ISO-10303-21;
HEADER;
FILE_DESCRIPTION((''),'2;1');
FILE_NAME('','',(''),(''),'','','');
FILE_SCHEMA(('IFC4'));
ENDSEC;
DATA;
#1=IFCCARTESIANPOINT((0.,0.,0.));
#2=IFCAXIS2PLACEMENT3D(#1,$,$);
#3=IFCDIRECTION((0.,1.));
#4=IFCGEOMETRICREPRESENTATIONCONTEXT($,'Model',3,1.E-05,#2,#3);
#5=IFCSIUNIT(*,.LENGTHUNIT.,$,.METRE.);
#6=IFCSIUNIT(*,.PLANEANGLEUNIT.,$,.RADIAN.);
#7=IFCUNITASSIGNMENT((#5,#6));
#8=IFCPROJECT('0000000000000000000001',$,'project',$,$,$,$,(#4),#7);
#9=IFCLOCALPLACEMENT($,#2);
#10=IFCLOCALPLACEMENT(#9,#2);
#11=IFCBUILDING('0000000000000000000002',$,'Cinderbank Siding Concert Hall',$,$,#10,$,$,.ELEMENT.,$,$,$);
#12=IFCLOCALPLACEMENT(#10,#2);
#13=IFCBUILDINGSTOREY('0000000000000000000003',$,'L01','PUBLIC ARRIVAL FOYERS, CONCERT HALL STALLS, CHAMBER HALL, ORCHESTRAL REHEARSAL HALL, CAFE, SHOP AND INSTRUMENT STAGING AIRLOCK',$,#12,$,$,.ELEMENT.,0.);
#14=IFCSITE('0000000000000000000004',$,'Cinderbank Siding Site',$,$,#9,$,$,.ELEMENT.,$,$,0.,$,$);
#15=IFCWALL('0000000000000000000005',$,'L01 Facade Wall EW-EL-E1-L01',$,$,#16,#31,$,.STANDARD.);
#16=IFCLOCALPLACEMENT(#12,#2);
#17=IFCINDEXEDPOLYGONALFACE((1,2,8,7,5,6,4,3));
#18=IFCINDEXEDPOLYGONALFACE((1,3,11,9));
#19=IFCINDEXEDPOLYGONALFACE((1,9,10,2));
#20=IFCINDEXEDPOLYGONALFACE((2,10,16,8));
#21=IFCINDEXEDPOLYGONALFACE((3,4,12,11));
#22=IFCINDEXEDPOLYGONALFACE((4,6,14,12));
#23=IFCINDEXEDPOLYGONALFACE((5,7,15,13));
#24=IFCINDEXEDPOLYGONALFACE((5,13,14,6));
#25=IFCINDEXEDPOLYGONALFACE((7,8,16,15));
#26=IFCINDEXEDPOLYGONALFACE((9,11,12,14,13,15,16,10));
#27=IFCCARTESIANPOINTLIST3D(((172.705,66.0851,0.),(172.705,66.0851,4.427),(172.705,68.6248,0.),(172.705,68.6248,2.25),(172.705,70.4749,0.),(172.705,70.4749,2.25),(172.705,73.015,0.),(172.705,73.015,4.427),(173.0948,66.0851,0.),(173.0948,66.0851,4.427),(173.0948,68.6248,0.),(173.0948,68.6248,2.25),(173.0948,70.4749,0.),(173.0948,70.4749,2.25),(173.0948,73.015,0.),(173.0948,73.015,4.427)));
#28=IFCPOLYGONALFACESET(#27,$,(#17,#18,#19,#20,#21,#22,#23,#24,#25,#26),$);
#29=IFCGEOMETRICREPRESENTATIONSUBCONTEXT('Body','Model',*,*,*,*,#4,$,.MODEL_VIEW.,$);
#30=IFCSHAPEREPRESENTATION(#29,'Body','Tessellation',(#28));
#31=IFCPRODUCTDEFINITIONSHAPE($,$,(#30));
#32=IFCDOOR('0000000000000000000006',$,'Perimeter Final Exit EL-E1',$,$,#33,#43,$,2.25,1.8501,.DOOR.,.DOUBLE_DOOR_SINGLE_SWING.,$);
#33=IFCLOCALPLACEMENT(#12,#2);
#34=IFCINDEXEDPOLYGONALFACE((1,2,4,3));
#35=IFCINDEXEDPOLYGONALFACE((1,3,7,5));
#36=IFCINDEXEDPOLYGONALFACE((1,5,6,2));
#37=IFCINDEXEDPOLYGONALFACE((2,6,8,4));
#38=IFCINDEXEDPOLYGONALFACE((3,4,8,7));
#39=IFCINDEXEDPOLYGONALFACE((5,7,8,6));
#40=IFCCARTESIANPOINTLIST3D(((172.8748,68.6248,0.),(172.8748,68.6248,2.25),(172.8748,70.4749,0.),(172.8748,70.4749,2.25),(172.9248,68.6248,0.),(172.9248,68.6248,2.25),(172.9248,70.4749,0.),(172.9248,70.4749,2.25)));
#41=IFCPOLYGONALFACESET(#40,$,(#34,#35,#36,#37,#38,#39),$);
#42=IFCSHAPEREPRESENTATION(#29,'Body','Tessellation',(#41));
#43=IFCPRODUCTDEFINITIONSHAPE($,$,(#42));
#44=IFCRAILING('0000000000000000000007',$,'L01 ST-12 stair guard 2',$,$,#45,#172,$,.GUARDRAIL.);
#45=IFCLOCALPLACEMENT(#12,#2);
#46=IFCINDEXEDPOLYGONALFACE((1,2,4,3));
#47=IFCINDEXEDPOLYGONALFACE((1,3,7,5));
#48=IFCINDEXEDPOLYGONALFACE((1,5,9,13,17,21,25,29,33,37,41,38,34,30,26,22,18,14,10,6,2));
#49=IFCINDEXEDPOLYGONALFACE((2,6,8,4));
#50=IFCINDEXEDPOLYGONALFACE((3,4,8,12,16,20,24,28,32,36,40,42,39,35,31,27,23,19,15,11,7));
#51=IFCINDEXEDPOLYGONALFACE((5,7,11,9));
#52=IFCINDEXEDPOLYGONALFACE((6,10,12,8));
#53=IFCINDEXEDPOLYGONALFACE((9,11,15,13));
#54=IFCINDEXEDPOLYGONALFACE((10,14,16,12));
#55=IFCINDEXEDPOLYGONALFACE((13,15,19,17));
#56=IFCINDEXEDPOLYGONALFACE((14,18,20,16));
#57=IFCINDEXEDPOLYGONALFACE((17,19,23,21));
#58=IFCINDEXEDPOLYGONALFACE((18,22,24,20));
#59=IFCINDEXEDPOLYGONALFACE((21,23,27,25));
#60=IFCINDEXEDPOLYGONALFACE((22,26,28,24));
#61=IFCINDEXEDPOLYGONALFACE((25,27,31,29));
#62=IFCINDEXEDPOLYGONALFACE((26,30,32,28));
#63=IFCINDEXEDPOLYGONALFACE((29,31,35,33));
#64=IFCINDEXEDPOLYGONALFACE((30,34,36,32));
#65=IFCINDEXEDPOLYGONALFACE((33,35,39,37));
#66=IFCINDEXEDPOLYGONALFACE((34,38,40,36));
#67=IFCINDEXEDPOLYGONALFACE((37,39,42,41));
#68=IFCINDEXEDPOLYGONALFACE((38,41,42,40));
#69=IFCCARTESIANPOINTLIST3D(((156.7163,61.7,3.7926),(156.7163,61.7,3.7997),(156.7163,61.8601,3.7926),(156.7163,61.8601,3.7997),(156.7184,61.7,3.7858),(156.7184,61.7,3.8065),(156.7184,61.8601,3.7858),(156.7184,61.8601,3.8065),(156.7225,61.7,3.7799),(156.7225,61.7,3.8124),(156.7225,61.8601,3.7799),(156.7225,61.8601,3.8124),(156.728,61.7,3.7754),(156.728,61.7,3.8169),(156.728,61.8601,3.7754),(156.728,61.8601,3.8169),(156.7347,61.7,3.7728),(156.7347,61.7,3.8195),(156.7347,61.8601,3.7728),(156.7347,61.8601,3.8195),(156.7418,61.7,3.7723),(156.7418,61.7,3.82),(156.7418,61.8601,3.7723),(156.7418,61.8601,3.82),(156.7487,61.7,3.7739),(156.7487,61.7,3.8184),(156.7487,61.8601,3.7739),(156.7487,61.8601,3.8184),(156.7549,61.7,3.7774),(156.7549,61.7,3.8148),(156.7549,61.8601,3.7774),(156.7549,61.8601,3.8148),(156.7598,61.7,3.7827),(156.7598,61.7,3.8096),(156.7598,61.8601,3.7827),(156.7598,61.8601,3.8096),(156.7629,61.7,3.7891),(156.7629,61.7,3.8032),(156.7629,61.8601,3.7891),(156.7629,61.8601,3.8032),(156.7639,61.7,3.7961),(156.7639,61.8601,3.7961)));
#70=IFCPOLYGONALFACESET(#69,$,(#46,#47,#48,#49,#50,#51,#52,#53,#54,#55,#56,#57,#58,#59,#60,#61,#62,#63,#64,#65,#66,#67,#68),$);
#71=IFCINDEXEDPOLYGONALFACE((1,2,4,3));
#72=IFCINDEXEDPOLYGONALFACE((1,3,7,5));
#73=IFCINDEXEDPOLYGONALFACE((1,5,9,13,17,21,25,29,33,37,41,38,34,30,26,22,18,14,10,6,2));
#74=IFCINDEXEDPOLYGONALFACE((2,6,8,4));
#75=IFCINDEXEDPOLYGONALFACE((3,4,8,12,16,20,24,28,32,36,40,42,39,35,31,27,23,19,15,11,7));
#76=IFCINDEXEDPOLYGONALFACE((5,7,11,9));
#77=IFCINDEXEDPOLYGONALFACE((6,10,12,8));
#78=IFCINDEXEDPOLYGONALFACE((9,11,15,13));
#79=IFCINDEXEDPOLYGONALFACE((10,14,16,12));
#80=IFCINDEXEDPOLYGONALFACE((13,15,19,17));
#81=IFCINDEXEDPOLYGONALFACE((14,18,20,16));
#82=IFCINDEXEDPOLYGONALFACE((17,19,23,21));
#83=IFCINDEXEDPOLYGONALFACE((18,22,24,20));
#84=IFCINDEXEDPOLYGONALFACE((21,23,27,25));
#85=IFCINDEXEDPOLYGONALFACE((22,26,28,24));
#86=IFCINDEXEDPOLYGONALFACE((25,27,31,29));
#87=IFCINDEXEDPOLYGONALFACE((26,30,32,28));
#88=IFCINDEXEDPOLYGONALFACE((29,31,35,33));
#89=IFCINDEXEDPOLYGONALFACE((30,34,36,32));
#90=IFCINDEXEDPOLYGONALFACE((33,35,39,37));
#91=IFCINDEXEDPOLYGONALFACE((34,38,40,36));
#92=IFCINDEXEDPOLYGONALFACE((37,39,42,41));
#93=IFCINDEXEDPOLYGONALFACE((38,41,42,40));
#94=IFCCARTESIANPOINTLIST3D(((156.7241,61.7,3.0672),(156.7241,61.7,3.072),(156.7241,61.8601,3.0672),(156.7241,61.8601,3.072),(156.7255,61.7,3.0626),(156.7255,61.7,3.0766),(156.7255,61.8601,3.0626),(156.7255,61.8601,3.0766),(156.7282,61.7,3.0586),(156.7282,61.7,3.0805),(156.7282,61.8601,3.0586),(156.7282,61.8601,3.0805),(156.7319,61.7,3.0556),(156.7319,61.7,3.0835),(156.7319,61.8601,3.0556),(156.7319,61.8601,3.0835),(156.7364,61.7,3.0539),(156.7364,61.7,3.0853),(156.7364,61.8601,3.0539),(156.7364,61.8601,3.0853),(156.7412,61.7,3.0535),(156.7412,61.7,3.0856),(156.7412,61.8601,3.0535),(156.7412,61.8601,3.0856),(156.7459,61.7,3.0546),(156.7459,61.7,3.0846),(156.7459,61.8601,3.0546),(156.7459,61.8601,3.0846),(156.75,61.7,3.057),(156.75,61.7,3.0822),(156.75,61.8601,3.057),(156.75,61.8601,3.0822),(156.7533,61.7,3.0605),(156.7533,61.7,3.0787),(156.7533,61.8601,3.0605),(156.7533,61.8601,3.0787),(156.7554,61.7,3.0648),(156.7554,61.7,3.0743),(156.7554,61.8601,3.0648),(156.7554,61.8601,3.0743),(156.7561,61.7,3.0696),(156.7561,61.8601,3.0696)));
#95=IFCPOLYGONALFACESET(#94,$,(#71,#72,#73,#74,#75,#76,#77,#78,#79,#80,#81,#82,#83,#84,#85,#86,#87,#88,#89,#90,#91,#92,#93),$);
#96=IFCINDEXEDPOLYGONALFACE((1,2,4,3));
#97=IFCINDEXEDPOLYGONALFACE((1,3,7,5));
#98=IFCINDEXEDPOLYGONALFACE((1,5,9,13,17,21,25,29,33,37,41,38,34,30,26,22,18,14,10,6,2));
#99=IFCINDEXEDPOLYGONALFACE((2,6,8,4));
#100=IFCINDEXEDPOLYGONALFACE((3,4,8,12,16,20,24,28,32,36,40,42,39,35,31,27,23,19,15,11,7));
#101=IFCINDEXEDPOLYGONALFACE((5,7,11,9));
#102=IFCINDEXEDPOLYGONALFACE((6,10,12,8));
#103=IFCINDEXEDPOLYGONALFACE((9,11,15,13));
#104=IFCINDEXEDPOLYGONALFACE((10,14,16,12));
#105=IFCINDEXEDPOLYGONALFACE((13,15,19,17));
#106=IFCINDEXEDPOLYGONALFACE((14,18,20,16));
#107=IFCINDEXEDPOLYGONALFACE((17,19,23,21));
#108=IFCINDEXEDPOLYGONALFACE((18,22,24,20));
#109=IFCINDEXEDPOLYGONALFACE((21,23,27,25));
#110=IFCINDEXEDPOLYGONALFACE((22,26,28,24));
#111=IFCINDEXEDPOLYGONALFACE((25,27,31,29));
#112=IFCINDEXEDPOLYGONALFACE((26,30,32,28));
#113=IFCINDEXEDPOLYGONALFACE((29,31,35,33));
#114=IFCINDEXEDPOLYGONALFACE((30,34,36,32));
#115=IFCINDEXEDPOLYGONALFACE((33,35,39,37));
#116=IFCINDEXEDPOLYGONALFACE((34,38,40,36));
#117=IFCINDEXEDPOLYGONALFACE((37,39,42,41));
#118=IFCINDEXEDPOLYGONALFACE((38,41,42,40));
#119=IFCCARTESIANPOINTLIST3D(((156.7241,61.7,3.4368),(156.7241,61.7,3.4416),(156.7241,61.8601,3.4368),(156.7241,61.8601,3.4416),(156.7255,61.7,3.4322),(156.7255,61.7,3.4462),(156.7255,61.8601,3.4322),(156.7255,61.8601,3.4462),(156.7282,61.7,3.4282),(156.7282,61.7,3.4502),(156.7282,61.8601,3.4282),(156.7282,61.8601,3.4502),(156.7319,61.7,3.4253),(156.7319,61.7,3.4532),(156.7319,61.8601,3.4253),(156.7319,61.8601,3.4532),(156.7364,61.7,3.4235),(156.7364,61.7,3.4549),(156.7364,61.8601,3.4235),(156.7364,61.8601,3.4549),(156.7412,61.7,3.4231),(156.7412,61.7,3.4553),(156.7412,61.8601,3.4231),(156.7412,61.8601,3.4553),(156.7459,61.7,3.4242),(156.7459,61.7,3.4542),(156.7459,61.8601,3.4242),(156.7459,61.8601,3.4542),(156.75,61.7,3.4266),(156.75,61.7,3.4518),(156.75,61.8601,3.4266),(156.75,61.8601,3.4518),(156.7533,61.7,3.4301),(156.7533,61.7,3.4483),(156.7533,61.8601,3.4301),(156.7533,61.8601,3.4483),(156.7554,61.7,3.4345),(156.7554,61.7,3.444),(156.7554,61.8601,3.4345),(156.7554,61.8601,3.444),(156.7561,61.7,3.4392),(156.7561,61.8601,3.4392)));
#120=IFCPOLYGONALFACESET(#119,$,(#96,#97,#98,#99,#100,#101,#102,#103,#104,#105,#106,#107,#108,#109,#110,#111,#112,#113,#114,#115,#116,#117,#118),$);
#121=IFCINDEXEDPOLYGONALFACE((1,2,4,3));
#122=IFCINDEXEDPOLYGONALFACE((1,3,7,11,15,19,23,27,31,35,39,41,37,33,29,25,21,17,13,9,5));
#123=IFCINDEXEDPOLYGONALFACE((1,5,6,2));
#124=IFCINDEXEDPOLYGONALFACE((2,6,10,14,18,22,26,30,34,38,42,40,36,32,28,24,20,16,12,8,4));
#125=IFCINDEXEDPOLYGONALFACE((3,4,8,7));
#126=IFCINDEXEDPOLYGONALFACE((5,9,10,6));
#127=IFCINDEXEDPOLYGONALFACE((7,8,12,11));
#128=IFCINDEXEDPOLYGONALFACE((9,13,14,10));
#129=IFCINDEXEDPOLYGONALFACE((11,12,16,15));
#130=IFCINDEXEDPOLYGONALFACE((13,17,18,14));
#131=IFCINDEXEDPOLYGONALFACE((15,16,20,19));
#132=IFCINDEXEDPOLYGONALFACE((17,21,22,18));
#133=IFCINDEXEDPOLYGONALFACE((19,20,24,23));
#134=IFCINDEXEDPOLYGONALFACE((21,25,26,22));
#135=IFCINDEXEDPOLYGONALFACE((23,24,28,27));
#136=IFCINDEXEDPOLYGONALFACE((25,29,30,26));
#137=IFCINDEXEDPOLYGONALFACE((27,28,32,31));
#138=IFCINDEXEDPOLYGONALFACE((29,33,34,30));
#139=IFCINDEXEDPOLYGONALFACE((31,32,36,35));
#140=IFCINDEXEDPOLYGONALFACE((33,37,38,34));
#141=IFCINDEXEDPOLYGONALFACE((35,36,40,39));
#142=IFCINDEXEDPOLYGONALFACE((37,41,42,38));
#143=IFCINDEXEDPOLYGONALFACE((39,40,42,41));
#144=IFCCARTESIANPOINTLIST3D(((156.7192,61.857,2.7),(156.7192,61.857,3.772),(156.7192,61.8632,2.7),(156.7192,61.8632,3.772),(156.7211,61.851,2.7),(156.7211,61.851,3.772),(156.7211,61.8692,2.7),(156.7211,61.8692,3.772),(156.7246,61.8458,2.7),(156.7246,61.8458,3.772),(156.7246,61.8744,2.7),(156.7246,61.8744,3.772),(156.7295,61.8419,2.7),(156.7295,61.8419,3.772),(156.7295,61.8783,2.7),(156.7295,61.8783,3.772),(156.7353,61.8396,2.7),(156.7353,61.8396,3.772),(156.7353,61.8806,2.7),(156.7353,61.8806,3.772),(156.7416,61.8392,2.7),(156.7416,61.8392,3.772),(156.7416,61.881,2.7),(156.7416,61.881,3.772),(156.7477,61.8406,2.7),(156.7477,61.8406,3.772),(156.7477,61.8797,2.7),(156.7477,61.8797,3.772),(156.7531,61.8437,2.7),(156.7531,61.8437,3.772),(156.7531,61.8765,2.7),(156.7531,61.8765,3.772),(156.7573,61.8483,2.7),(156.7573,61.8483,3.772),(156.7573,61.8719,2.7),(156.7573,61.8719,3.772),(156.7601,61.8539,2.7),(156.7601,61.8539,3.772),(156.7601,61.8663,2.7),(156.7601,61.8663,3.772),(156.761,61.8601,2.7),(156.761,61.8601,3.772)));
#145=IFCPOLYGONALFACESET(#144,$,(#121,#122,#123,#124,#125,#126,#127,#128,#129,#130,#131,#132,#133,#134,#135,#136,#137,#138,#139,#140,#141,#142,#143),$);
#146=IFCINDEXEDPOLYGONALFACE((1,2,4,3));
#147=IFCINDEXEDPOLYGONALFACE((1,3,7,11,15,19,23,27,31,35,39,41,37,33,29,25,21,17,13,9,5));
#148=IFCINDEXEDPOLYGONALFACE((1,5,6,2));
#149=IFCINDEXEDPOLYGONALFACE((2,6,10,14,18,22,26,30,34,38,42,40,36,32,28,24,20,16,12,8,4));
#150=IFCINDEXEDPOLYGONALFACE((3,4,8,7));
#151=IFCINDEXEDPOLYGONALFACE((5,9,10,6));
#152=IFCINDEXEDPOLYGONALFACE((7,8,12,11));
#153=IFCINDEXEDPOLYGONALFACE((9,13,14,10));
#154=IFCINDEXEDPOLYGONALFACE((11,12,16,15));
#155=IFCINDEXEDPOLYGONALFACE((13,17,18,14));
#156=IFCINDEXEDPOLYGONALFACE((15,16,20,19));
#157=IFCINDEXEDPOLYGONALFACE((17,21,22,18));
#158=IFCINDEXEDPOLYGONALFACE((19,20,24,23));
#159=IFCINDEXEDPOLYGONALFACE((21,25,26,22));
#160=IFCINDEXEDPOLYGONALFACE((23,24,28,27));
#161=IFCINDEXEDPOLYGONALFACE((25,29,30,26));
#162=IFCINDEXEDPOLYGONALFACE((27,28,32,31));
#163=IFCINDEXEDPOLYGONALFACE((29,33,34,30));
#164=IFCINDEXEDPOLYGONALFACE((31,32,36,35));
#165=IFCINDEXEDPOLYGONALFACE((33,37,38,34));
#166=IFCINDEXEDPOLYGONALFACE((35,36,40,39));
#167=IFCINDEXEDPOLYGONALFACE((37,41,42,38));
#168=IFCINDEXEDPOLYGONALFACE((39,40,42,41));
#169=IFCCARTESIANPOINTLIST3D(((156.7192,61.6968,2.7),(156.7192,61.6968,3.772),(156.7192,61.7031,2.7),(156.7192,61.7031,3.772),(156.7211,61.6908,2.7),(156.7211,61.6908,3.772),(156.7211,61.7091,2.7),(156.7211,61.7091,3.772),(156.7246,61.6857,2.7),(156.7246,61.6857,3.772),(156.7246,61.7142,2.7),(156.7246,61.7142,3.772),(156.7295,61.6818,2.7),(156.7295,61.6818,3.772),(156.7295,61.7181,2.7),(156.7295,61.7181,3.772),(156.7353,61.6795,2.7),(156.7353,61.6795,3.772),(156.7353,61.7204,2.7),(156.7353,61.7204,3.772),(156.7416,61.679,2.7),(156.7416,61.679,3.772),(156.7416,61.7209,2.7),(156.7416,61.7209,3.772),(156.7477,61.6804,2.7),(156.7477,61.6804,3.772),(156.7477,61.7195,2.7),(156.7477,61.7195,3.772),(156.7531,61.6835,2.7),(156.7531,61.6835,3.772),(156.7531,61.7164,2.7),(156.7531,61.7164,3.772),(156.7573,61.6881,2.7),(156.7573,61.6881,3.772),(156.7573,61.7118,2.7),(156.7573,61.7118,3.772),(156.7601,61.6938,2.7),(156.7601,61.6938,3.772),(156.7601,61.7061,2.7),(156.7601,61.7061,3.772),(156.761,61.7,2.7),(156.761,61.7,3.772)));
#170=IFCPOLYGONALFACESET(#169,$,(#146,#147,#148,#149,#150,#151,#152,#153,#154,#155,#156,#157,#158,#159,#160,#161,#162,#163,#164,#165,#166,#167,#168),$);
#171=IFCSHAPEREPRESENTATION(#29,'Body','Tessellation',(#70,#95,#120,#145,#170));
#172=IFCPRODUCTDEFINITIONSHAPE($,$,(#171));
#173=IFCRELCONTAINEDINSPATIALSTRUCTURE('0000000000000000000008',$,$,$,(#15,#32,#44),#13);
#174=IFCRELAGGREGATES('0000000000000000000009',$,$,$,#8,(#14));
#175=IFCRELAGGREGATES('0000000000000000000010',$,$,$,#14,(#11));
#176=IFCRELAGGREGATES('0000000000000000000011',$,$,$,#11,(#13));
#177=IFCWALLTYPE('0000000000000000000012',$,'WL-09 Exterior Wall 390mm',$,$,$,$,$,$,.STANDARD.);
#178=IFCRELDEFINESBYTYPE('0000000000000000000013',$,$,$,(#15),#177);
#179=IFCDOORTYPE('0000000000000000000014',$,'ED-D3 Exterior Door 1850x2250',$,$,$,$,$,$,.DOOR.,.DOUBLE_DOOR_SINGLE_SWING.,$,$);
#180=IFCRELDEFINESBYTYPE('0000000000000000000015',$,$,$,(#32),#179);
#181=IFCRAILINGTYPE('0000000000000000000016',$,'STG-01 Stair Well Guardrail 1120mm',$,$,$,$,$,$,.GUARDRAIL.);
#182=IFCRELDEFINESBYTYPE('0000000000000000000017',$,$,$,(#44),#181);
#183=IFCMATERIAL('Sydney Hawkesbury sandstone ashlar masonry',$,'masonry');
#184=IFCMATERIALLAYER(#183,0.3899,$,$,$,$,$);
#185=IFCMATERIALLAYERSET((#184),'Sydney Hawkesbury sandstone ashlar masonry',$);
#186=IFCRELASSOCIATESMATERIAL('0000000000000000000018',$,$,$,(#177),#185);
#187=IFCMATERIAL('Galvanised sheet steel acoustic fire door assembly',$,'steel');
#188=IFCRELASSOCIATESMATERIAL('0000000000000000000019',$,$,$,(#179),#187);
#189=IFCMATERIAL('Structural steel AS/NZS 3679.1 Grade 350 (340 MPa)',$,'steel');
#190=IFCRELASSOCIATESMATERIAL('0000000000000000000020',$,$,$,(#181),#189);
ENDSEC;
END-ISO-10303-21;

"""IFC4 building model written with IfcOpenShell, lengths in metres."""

from ifc_helpers import new_model, si_unit, direction, frame, frame_2d, origin, origin_2d, place, context, subcontext, project, spatial, rectangle, circle, extrude, material, layer, layer_set, type_object, element, fill, save


model = new_model("IFC4")

# Units and contexts
model_context = context("Model", 3, precision=1e-05, world=origin(), true_north=direction((0.0, 1.0)))
body_context = subcontext(model_context, "Body", "Model", "MODEL_VIEW")
ifc_project = project(units=[si_unit("LENGTHUNIT", "METRE"), si_unit("PLANEANGLEUNIT", "RADIAN")], contexts=[model_context])

# Site, building, storey
site_placement = place(None, origin())
site = spatial("IfcSite", under=ifc_project, at=site_placement, Name="Cinderbank Siding Site", CompositionType="ELEMENT", RefElevation=0.0)
building_placement = place(site_placement, origin())
building = spatial("IfcBuilding", under=site, at=building_placement, Name="Cinderbank Siding Concert Hall", CompositionType="ELEMENT")
storey_placement = place(building_placement, origin())
storey = spatial("IfcBuildingStorey", under=building, at=storey_placement, Name="L01", Description="PUBLIC ARRIVAL FOYERS, CONCERT HALL STALLS, CHAMBER HALL, ORCHESTRAL REHEARSAL HALL, CAFE, SHOP AND INSTRUMENT STAGING AIRLOCK", CompositionType="ELEMENT", Elevation=0.0)

# Shared definitions
ifc_material_1 = material(Name="Structural steel AS/NZS 3679.1 Grade 350 (340 MPa)", Category="steel")

# Shared definitions
ifc_material_2 = material(Name="Galvanised sheet steel acoustic fire door assembly", Category="steel")

# Wall, opening, door
ifc_material_3 = material(Name="Sydney Hawkesbury sandstone ashlar masonry", Category="masonry")
ifc_layer_1 = layer(ifc_material_3, 0.3899)
ifc_layer_set_1 = layer_set([ifc_layer_1], Name="Sydney Hawkesbury sandstone ashlar masonry")
wall_type_1 = type_object("IfcWallType", Name="WL-09 Exterior Wall 390mm", PredefinedType="STANDARD", material=ifc_layer_set_1)
wall_1_placement = place(storey_placement, frame((172.8999, 73.0149, 0.0), z_axis=(0.0, 0.0, 1.0), x_axis=(0.0, -1.0, 0.0)))
wall_1 = element("IfcWall", 1, at=wall_1_placement, inside=storey, type_object=wall_type_1, Name="L01 Facade Wall EW-EL-E1-L01", PredefinedType="STANDARD", context=body_context, shape_type="SweptSolid", body=[
    extrude(rectangle(XDim=6.9299, YDim=0.3899, at=frame_2d((3.4648, 0.0))), origin(), (0.0, 0.0, 1.0), 4.427),
])
opening_1_placement = place(wall_1_placement, frame((2.54, 0.0, 0.0)))
opening_1 = element("IfcOpeningElement", 2, at=opening_1_placement, cuts=wall_1, PredefinedType="OPENING", context=body_context, shape_type="SweptSolid", body=[
    extrude(rectangle(XDim=1.8501, YDim=2.25, at=frame_2d((0.925, 1.125))), frame((0.0, 0.207, 0.0), z_axis=(0.0, -1.0, 0.0), x_axis=(1.0, 0.0, 0.0)), (0.0, 0.0, 1.0), 0.4138),
])
door_type_1 = type_object("IfcDoorType", Name="ED-D3 Exterior Door 1850x2250", OperationType="DOUBLE_DOOR_SINGLE_SWING", PredefinedType="DOOR", material=ifc_material_2)
door_1_placement = place(opening_1_placement, origin())
door_1 = element("IfcDoor", 3, at=door_1_placement, inside=storey, type_object=door_type_1, Name="Perimeter Final Exit EL-E1", OperationType="DOUBLE_DOOR_SINGLE_SWING", OverallHeight=2.25, OverallWidth=1.8501, PredefinedType="DOOR", context=body_context, shape_type="SweptSolid", body=[
    extrude(rectangle(XDim=1.8501, YDim=2.25, at=frame_2d((0.925, 1.125))), frame((0.0, 0.0249, 0.0), z_axis=(0.0, -1.0, 0.0), x_axis=(1.0, 0.0, 0.0)), (0.0, 0.0, 1.0), 0.05),
])
fill(opening_1, door_1)

# Railing
railing_type_1 = type_object("IfcRailingType", Name="STG-01 Stair Well Guardrail 1120mm", PredefinedType="GUARDRAIL", material=ifc_material_1)
railing_1_placement = place(storey_placement, frame((156.74, 61.8601, 2.7)))
element("IfcRailing", 4, at=railing_1_placement, inside=storey, type_object=railing_type_1, Name="L01 ST-12 stair guard 2", PredefinedType="GUARDRAIL", context=body_context, shape_type="SweptSolid", body=[
    extrude(circle(Radius=0.0239, at=origin_2d()), frame((0.0, 0.0, 1.0962), z_axis=(0.0, -1.0, 0.0), x_axis=(1.0, 0.0, 0.0)), (0.0, 0.0, 1.0), 0.1602),
    extrude(circle(Radius=0.0161, at=origin_2d()), frame((0.0, 0.0, 0.3696), z_axis=(0.0, -1.0, 0.0), x_axis=(1.0, 0.0, 0.0)), (0.0, 0.0, 1.0), 0.1602),
    extrude(circle(Radius=0.0161, at=origin_2d()), frame((0.0, 0.0, 0.7393), z_axis=(0.0, -1.0, 0.0), x_axis=(1.0, 0.0, 0.0)), (0.0, 0.0, 1.0), 0.1602),
    extrude(circle(Radius=0.021, at=origin_2d()), origin(), (0.0, 0.0, 1.0), 1.072),
    extrude(circle(Radius=0.021, at=origin_2d()), frame((0.0, -0.1602, 0.0)), (0.0, 0.0, 1.0), 1.072),
])

save(model, "model.ifc")
